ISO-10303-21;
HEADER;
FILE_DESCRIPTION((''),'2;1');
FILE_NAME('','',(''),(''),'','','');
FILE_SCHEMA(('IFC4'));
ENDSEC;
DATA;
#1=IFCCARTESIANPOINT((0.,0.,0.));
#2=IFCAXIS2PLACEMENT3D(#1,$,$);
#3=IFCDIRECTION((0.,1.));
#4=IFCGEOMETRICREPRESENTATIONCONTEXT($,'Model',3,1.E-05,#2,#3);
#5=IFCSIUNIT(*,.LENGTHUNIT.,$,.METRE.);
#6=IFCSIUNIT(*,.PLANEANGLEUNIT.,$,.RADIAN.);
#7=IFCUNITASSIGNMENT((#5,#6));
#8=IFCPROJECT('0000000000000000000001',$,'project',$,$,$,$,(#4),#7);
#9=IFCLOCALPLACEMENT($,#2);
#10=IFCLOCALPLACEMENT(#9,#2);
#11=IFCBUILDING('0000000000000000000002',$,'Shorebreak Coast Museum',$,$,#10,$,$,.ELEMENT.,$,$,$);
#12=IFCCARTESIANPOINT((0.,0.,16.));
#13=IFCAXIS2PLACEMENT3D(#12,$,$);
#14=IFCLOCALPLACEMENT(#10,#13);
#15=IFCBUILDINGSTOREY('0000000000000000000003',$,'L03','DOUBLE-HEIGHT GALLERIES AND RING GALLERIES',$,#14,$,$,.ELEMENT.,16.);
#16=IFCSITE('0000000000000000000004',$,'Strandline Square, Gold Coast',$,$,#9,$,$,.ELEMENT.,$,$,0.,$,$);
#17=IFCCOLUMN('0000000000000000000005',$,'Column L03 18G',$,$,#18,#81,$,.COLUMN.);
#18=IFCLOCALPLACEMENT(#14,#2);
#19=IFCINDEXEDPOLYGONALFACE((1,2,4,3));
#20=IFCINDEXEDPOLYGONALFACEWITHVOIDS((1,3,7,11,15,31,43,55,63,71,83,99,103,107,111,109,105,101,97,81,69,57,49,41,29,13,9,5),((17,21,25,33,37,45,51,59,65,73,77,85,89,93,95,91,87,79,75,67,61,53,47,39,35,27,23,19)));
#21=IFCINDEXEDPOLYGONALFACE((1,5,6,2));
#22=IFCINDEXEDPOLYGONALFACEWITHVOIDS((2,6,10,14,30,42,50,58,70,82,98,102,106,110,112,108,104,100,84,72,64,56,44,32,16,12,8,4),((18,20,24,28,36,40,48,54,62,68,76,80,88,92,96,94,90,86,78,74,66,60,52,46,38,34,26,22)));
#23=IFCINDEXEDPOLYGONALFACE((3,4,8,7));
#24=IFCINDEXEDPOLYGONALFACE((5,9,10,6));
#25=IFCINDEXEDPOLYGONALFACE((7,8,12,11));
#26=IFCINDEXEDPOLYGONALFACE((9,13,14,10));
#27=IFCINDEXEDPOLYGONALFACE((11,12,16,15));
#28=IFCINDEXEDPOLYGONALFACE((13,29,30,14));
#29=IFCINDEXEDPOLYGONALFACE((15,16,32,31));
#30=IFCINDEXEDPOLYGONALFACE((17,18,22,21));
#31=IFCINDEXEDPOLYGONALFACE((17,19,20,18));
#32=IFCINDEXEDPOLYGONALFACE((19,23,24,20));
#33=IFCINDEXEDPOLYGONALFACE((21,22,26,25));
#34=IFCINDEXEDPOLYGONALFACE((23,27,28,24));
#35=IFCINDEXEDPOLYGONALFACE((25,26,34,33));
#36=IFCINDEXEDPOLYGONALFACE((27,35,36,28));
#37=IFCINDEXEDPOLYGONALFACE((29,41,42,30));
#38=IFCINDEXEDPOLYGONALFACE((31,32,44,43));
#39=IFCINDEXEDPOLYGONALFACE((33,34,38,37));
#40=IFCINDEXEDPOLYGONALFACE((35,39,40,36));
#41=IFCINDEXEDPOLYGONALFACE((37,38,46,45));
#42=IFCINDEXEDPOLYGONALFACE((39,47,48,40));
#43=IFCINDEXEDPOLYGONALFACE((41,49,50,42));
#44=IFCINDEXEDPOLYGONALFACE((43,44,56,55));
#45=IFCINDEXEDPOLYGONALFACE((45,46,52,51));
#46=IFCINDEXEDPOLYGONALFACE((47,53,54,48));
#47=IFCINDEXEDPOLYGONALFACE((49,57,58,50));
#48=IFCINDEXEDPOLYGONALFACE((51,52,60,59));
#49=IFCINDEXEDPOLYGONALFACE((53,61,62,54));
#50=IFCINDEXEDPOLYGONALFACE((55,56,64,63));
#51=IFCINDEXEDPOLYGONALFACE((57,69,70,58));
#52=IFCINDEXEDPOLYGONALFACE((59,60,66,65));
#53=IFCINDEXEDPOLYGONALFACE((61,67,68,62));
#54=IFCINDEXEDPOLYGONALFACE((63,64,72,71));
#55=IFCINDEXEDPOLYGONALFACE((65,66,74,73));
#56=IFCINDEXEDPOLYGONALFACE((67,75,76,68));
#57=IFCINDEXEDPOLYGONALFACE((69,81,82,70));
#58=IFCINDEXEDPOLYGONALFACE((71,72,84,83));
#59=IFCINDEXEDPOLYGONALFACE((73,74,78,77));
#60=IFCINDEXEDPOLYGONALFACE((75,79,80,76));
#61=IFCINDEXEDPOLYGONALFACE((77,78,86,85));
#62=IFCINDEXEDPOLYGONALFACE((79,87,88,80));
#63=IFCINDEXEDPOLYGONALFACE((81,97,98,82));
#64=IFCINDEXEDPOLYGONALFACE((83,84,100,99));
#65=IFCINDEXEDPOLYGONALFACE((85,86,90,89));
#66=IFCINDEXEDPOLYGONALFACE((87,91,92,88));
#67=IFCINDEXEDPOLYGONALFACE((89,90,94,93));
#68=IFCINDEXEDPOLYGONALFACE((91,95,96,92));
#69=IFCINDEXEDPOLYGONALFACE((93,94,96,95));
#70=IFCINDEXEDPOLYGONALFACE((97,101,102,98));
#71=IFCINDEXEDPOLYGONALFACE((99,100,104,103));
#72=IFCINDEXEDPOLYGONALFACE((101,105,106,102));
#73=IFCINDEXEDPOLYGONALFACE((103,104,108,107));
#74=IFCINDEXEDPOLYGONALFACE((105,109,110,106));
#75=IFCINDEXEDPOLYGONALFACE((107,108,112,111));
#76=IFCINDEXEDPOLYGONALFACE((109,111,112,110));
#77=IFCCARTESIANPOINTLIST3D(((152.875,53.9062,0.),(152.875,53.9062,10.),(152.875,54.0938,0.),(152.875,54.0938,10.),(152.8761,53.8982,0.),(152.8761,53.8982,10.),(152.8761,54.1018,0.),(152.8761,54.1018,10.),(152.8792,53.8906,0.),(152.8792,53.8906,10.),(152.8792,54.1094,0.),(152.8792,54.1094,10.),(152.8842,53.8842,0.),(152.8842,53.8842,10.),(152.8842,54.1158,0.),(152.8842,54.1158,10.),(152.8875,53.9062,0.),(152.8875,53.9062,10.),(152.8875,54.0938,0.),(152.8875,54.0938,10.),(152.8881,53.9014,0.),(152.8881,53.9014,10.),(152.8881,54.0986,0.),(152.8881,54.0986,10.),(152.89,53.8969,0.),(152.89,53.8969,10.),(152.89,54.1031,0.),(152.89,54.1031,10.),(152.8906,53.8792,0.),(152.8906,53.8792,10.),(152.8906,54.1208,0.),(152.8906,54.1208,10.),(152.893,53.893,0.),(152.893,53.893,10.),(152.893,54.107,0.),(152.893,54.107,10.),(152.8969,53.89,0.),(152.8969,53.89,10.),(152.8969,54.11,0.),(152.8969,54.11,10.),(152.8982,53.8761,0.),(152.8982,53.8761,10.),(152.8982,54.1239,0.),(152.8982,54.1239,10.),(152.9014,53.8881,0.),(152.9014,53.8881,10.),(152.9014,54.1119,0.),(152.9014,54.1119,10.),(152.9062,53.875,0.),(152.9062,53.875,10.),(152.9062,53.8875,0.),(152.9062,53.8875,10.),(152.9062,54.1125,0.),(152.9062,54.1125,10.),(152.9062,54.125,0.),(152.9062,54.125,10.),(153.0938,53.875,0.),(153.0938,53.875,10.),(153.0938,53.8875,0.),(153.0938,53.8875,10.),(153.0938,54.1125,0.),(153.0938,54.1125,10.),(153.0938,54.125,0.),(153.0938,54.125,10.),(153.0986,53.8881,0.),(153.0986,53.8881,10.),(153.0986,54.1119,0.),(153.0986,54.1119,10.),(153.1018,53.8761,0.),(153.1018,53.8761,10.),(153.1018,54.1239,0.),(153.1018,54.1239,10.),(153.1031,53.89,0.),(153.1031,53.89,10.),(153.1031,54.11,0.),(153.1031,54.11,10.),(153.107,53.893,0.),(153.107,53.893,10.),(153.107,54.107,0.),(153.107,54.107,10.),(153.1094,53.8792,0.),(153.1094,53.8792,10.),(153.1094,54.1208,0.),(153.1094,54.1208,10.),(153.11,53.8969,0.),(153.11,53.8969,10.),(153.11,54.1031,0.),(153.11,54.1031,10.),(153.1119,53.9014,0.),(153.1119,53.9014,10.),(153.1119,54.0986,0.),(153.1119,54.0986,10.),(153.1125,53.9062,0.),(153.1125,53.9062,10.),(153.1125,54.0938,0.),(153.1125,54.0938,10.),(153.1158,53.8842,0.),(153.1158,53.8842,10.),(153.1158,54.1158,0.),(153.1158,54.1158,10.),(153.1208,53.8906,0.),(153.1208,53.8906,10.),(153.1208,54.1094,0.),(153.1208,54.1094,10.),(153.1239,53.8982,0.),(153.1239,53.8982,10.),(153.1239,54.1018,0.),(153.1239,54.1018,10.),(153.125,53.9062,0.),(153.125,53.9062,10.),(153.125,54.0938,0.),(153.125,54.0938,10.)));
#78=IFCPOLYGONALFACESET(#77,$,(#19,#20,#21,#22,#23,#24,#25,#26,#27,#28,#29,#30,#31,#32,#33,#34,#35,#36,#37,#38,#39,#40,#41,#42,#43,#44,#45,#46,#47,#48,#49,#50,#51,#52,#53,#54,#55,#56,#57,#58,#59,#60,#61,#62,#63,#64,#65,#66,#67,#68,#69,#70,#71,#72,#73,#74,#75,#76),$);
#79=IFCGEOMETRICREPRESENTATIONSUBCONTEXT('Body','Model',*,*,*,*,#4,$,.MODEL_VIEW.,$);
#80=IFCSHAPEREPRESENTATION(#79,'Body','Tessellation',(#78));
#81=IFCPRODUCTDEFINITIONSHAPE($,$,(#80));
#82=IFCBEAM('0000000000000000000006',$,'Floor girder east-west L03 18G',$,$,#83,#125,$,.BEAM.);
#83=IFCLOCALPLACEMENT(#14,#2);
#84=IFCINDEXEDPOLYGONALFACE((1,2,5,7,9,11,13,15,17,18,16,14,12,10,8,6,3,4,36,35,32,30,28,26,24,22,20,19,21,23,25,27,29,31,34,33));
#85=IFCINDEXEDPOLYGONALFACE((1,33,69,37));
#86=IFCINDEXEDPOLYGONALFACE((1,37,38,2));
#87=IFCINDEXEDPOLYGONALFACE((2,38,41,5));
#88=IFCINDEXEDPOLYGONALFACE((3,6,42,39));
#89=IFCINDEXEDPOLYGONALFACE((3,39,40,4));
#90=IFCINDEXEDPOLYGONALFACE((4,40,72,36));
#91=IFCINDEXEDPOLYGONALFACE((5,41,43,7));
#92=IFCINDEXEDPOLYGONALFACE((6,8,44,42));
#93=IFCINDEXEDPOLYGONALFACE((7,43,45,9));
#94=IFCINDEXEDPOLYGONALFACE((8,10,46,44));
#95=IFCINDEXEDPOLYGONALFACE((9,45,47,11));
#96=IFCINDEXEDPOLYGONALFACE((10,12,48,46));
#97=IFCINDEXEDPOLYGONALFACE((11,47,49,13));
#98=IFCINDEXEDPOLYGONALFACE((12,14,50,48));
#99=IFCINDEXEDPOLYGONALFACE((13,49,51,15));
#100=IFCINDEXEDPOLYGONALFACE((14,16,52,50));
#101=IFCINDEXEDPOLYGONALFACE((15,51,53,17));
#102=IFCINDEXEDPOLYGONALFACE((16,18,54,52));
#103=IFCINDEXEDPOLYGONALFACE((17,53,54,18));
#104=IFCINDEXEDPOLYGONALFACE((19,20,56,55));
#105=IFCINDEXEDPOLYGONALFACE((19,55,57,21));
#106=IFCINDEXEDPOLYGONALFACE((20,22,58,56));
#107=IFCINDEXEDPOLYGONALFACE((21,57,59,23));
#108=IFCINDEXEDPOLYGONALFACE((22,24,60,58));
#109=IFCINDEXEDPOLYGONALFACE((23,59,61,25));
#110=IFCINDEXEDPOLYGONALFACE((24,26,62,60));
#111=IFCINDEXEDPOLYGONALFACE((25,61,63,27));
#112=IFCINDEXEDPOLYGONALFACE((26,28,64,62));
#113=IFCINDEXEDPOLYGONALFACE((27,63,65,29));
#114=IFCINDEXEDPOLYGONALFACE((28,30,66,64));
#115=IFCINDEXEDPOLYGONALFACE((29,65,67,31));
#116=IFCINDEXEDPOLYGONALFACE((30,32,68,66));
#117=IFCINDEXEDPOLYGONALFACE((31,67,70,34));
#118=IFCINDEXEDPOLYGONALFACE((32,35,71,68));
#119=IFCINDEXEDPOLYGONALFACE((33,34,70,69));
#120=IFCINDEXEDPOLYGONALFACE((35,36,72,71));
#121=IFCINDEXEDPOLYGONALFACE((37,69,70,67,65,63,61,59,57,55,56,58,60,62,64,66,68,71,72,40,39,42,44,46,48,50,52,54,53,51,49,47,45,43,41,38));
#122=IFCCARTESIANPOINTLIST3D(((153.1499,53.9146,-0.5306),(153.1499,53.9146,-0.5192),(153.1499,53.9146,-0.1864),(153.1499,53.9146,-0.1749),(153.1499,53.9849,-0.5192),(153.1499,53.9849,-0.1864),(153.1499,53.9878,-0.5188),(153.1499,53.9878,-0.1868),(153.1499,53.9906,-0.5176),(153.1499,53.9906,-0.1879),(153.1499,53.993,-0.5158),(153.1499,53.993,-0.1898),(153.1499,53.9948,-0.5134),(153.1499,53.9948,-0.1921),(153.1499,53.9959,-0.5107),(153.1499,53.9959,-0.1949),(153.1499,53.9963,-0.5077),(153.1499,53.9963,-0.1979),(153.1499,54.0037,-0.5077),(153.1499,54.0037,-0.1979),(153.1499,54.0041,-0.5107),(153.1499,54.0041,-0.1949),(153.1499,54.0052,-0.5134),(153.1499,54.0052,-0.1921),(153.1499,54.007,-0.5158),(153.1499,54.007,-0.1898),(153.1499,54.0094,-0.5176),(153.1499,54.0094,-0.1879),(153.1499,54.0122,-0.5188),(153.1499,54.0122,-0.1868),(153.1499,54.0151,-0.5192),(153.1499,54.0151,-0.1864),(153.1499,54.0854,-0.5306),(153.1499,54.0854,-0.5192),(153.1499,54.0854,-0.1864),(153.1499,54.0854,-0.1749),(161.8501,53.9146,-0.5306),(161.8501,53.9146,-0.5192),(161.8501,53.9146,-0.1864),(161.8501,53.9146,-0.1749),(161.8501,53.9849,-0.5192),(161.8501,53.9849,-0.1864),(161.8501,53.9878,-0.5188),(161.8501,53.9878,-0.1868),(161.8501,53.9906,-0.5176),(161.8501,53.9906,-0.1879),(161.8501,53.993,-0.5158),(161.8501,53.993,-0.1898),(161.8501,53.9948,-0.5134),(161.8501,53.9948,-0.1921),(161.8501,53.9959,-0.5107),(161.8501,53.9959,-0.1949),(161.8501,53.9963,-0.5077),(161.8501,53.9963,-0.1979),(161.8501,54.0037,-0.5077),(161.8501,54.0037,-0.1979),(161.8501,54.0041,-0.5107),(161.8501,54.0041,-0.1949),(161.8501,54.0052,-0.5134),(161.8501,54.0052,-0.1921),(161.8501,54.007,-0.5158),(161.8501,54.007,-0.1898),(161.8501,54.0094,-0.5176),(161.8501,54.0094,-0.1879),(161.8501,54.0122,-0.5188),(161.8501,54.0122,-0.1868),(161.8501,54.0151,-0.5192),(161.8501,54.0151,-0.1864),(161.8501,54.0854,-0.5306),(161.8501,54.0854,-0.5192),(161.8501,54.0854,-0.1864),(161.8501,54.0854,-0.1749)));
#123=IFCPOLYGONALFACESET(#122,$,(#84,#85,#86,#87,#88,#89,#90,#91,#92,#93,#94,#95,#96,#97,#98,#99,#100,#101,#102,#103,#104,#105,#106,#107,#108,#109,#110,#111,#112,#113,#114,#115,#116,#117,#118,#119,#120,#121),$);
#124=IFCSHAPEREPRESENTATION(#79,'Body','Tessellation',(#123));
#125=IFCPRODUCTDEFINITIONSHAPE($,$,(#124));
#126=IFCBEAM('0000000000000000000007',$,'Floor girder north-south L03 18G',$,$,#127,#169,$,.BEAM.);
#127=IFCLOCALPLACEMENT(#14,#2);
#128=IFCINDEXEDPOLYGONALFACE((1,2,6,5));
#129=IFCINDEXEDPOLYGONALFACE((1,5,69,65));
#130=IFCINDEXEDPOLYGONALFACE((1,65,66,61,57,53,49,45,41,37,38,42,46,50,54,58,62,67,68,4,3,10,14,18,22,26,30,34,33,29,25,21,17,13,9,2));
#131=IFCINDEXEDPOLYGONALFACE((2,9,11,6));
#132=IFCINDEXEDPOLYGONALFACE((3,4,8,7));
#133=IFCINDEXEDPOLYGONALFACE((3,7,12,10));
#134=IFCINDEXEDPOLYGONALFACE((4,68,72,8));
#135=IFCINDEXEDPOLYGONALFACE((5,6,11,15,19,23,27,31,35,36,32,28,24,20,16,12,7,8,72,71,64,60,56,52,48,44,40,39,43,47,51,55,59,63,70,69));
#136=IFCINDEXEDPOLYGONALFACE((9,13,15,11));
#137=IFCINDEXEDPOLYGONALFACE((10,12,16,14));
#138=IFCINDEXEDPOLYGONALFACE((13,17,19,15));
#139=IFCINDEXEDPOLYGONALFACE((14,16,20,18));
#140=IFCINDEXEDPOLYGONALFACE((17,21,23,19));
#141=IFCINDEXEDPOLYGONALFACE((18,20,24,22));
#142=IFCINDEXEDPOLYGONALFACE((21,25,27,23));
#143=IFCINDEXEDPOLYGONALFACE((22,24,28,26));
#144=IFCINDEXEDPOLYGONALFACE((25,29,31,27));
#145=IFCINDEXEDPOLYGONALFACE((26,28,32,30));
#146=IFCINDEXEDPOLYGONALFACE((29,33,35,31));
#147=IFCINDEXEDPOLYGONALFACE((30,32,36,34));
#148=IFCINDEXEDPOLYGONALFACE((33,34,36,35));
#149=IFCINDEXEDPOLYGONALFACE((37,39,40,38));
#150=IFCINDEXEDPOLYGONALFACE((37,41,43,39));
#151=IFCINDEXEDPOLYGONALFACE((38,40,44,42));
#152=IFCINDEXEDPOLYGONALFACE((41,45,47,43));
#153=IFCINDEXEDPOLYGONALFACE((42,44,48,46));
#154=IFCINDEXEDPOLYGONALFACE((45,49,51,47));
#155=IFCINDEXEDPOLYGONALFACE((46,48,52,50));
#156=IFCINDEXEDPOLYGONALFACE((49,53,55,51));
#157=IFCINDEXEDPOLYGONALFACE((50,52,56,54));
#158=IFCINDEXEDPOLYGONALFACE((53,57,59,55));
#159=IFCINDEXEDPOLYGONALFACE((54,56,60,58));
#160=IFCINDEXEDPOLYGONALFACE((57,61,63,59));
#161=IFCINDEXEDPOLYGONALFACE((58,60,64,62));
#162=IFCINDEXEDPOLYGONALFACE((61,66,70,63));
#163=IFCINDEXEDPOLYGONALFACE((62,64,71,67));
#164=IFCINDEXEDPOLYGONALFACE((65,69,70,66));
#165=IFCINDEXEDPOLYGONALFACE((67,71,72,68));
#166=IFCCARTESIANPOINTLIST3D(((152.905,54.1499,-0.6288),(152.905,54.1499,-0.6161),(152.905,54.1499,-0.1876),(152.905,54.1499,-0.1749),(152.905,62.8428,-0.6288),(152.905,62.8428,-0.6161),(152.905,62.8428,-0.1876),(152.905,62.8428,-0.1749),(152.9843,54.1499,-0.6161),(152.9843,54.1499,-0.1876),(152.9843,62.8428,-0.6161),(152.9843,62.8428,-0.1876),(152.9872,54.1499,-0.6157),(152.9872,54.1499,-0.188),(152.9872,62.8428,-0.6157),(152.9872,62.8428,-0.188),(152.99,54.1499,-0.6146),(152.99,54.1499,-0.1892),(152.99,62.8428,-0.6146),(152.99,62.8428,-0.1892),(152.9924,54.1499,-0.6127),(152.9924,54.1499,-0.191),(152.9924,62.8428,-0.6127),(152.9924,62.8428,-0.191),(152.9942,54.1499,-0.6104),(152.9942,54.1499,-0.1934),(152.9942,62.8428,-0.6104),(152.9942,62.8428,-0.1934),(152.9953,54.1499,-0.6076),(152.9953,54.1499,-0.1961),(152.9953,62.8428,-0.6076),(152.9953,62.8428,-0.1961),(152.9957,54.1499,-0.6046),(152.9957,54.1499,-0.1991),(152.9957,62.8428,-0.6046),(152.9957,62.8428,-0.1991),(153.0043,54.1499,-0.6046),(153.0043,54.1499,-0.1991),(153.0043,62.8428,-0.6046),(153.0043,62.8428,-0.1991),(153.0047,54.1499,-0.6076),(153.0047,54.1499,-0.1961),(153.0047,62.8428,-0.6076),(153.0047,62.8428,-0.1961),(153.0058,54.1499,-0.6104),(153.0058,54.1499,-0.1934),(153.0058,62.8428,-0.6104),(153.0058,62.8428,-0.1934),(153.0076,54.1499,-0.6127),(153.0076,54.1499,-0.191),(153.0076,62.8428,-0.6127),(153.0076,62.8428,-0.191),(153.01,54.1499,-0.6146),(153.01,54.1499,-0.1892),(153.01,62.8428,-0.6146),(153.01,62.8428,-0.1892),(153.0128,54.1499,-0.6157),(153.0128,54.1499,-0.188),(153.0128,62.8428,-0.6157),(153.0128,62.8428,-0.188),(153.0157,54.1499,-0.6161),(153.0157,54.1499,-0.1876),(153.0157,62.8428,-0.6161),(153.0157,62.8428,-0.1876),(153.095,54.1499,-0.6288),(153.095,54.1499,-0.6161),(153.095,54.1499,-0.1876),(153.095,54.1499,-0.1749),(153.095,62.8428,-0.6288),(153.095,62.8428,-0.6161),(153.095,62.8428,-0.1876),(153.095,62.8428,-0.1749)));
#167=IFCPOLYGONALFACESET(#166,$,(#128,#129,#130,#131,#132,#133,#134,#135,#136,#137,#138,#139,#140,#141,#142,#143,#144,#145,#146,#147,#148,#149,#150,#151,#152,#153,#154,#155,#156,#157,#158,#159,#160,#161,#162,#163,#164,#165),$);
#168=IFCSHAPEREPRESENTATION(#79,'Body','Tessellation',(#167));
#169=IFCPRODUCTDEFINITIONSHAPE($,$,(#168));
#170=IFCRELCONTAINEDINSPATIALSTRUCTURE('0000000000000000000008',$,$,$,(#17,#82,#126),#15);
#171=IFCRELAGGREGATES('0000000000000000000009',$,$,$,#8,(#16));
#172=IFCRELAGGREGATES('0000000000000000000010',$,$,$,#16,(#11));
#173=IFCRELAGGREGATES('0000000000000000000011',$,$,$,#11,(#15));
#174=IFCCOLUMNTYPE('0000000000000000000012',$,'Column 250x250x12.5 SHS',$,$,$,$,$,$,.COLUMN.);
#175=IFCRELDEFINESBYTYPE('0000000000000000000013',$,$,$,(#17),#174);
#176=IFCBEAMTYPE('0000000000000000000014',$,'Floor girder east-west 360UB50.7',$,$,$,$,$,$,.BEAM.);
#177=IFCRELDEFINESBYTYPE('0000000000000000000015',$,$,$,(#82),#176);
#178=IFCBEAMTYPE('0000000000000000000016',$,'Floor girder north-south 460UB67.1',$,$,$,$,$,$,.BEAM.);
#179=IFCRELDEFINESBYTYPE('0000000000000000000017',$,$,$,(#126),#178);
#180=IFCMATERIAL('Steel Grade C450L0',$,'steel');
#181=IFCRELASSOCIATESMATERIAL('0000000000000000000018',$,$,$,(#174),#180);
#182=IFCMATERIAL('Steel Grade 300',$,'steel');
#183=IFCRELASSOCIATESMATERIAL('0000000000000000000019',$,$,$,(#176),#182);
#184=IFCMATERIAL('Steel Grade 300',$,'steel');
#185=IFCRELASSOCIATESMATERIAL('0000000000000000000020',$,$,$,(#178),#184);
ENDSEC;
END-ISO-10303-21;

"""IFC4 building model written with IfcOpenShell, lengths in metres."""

from ifc_helpers import new_model, si_unit, direction, frame, origin, origin_2d, place, context, subcontext, project, spatial, hollow_rectangle, i_section, extrude, material, material_profile, profile_set, type_object, element, save


model = new_model("IFC4")

# Units and contexts
model_context = context("Model", 3, precision=1e-05, world=origin(), true_north=direction((0.0, 1.0)))
body_context = subcontext(model_context, "Body", "Model", "MODEL_VIEW")
ifc_project = project(units=[si_unit("LENGTHUNIT", "METRE"), si_unit("PLANEANGLEUNIT", "RADIAN")], contexts=[model_context])

# Site, building, storey
site_placement = place(None, origin())
site = spatial("IfcSite", under=ifc_project, at=site_placement, Name="Strandline Square, Gold Coast", CompositionType="ELEMENT", RefElevation=0.0)
building_placement = place(site_placement, origin())
building = spatial("IfcBuilding", under=site, at=building_placement, Name="Shorebreak Coast Museum", CompositionType="ELEMENT")
storey_placement = place(building_placement, frame((0.0, 0.0, 16.0)))
storey = spatial("IfcBuildingStorey", under=building, at=storey_placement, Name="L03", Description="DOUBLE-HEIGHT GALLERIES AND RING GALLERIES", CompositionType="ELEMENT", Elevation=16.0)

# Column
ifc_material_1 = material(Name="Steel Grade C450L0", Category="steel")
ifc_material_profile_1 = material_profile(ifc_material_1, hollow_rectangle(XDim=0.25, YDim=0.25, WallThickness=0.0125, InnerFilletRadius=0.0188, OuterFilletRadius=0.0312, at=origin_2d()), Name="250x250x12.5 SHS")
ifc_profile_set_1 = profile_set([ifc_material_profile_1], Name="Steel Grade C450L0")
column_type = type_object("IfcColumnType", Name="Column 250x250x12.5 SHS", PredefinedType="COLUMN", material=ifc_profile_set_1)
column_placement = place(storey_placement, frame((153.0, 54.0, 0.0), z_axis=(0.0, 0.0, 1.0), x_axis=(1.0, 0.0, 0.0)))
element("IfcColumn", 1, at=column_placement, inside=storey, type_object=column_type, Name="Column L03 18G", PredefinedType="COLUMN", context=body_context, shape_type="SweptSolid", body=[
    extrude(hollow_rectangle(XDim=0.25, YDim=0.25, WallThickness=0.0125, InnerFilletRadius=0.0188, OuterFilletRadius=0.0312, at=origin_2d()), origin(), (0.0, 0.0, 1.0), 10.0),
])

# Beams
ifc_material_2 = material(Name="Steel Grade 300", Category="steel")
ifc_material_profile_2 = material_profile(ifc_material_2, i_section(OverallWidth=0.1709, OverallDepth=0.3557, WebThickness=0.0073, FlangeThickness=0.0115, FilletRadius=0.0115, at=origin_2d()), Name="360UB50.7")
ifc_profile_set_2 = profile_set([ifc_material_profile_2], Name="Steel Grade 300")
beam_type_1 = type_object("IfcBeamType", Name="Floor girder east-west 360UB50.7", PredefinedType="BEAM", material=ifc_profile_set_2)
beam_1_placement = place(storey_placement, frame((153.1499, 54.0, -0.3528), z_axis=(1.0, 0.0, 0.0), x_axis=(0.0, 1.0, 0.0)))
element("IfcBeam", 2, at=beam_1_placement, inside=storey, type_object=beam_type_1, Name="Floor girder east-west L03 18G", PredefinedType="BEAM", context=body_context, shape_type="SweptSolid", body=[
    extrude(i_section(OverallWidth=0.1709, OverallDepth=0.3557, WebThickness=0.0073, FlangeThickness=0.0115, FilletRadius=0.0115, at=origin_2d()), origin(), (0.0, 0.0, 1.0), 8.7002),
])
ifc_material_3 = material(Name="Steel Grade 300", Category="steel")
ifc_material_profile_3 = material_profile(ifc_material_3, i_section(OverallWidth=0.1899, OverallDepth=0.4539, WebThickness=0.0085, FlangeThickness=0.0127, FilletRadius=0.0115, at=origin_2d()), Name="460UB67.1")
ifc_profile_set_3 = profile_set([ifc_material_profile_3], Name="Steel Grade 300")
beam_type_2 = type_object("IfcBeamType", Name="Floor girder north-south 460UB67.1", PredefinedType="BEAM", material=ifc_profile_set_3)
beam_2_placement = place(storey_placement, frame((153.0, 54.1499, -0.4019), z_axis=(0.0, 1.0, 0.0), x_axis=(-1.0, 0.0, 0.0)))
element("IfcBeam", 3, at=beam_2_placement, inside=storey, type_object=beam_type_2, Name="Floor girder north-south L03 18G", PredefinedType="BEAM", context=body_context, shape_type="SweptSolid", body=[
    extrude(i_section(OverallWidth=0.1899, OverallDepth=0.4539, WebThickness=0.0085, FlangeThickness=0.0127, FilletRadius=0.0115, at=origin_2d()), origin(), (0.0, 0.0, 1.0), 8.6929),
])

save(model, "model.ifc")
